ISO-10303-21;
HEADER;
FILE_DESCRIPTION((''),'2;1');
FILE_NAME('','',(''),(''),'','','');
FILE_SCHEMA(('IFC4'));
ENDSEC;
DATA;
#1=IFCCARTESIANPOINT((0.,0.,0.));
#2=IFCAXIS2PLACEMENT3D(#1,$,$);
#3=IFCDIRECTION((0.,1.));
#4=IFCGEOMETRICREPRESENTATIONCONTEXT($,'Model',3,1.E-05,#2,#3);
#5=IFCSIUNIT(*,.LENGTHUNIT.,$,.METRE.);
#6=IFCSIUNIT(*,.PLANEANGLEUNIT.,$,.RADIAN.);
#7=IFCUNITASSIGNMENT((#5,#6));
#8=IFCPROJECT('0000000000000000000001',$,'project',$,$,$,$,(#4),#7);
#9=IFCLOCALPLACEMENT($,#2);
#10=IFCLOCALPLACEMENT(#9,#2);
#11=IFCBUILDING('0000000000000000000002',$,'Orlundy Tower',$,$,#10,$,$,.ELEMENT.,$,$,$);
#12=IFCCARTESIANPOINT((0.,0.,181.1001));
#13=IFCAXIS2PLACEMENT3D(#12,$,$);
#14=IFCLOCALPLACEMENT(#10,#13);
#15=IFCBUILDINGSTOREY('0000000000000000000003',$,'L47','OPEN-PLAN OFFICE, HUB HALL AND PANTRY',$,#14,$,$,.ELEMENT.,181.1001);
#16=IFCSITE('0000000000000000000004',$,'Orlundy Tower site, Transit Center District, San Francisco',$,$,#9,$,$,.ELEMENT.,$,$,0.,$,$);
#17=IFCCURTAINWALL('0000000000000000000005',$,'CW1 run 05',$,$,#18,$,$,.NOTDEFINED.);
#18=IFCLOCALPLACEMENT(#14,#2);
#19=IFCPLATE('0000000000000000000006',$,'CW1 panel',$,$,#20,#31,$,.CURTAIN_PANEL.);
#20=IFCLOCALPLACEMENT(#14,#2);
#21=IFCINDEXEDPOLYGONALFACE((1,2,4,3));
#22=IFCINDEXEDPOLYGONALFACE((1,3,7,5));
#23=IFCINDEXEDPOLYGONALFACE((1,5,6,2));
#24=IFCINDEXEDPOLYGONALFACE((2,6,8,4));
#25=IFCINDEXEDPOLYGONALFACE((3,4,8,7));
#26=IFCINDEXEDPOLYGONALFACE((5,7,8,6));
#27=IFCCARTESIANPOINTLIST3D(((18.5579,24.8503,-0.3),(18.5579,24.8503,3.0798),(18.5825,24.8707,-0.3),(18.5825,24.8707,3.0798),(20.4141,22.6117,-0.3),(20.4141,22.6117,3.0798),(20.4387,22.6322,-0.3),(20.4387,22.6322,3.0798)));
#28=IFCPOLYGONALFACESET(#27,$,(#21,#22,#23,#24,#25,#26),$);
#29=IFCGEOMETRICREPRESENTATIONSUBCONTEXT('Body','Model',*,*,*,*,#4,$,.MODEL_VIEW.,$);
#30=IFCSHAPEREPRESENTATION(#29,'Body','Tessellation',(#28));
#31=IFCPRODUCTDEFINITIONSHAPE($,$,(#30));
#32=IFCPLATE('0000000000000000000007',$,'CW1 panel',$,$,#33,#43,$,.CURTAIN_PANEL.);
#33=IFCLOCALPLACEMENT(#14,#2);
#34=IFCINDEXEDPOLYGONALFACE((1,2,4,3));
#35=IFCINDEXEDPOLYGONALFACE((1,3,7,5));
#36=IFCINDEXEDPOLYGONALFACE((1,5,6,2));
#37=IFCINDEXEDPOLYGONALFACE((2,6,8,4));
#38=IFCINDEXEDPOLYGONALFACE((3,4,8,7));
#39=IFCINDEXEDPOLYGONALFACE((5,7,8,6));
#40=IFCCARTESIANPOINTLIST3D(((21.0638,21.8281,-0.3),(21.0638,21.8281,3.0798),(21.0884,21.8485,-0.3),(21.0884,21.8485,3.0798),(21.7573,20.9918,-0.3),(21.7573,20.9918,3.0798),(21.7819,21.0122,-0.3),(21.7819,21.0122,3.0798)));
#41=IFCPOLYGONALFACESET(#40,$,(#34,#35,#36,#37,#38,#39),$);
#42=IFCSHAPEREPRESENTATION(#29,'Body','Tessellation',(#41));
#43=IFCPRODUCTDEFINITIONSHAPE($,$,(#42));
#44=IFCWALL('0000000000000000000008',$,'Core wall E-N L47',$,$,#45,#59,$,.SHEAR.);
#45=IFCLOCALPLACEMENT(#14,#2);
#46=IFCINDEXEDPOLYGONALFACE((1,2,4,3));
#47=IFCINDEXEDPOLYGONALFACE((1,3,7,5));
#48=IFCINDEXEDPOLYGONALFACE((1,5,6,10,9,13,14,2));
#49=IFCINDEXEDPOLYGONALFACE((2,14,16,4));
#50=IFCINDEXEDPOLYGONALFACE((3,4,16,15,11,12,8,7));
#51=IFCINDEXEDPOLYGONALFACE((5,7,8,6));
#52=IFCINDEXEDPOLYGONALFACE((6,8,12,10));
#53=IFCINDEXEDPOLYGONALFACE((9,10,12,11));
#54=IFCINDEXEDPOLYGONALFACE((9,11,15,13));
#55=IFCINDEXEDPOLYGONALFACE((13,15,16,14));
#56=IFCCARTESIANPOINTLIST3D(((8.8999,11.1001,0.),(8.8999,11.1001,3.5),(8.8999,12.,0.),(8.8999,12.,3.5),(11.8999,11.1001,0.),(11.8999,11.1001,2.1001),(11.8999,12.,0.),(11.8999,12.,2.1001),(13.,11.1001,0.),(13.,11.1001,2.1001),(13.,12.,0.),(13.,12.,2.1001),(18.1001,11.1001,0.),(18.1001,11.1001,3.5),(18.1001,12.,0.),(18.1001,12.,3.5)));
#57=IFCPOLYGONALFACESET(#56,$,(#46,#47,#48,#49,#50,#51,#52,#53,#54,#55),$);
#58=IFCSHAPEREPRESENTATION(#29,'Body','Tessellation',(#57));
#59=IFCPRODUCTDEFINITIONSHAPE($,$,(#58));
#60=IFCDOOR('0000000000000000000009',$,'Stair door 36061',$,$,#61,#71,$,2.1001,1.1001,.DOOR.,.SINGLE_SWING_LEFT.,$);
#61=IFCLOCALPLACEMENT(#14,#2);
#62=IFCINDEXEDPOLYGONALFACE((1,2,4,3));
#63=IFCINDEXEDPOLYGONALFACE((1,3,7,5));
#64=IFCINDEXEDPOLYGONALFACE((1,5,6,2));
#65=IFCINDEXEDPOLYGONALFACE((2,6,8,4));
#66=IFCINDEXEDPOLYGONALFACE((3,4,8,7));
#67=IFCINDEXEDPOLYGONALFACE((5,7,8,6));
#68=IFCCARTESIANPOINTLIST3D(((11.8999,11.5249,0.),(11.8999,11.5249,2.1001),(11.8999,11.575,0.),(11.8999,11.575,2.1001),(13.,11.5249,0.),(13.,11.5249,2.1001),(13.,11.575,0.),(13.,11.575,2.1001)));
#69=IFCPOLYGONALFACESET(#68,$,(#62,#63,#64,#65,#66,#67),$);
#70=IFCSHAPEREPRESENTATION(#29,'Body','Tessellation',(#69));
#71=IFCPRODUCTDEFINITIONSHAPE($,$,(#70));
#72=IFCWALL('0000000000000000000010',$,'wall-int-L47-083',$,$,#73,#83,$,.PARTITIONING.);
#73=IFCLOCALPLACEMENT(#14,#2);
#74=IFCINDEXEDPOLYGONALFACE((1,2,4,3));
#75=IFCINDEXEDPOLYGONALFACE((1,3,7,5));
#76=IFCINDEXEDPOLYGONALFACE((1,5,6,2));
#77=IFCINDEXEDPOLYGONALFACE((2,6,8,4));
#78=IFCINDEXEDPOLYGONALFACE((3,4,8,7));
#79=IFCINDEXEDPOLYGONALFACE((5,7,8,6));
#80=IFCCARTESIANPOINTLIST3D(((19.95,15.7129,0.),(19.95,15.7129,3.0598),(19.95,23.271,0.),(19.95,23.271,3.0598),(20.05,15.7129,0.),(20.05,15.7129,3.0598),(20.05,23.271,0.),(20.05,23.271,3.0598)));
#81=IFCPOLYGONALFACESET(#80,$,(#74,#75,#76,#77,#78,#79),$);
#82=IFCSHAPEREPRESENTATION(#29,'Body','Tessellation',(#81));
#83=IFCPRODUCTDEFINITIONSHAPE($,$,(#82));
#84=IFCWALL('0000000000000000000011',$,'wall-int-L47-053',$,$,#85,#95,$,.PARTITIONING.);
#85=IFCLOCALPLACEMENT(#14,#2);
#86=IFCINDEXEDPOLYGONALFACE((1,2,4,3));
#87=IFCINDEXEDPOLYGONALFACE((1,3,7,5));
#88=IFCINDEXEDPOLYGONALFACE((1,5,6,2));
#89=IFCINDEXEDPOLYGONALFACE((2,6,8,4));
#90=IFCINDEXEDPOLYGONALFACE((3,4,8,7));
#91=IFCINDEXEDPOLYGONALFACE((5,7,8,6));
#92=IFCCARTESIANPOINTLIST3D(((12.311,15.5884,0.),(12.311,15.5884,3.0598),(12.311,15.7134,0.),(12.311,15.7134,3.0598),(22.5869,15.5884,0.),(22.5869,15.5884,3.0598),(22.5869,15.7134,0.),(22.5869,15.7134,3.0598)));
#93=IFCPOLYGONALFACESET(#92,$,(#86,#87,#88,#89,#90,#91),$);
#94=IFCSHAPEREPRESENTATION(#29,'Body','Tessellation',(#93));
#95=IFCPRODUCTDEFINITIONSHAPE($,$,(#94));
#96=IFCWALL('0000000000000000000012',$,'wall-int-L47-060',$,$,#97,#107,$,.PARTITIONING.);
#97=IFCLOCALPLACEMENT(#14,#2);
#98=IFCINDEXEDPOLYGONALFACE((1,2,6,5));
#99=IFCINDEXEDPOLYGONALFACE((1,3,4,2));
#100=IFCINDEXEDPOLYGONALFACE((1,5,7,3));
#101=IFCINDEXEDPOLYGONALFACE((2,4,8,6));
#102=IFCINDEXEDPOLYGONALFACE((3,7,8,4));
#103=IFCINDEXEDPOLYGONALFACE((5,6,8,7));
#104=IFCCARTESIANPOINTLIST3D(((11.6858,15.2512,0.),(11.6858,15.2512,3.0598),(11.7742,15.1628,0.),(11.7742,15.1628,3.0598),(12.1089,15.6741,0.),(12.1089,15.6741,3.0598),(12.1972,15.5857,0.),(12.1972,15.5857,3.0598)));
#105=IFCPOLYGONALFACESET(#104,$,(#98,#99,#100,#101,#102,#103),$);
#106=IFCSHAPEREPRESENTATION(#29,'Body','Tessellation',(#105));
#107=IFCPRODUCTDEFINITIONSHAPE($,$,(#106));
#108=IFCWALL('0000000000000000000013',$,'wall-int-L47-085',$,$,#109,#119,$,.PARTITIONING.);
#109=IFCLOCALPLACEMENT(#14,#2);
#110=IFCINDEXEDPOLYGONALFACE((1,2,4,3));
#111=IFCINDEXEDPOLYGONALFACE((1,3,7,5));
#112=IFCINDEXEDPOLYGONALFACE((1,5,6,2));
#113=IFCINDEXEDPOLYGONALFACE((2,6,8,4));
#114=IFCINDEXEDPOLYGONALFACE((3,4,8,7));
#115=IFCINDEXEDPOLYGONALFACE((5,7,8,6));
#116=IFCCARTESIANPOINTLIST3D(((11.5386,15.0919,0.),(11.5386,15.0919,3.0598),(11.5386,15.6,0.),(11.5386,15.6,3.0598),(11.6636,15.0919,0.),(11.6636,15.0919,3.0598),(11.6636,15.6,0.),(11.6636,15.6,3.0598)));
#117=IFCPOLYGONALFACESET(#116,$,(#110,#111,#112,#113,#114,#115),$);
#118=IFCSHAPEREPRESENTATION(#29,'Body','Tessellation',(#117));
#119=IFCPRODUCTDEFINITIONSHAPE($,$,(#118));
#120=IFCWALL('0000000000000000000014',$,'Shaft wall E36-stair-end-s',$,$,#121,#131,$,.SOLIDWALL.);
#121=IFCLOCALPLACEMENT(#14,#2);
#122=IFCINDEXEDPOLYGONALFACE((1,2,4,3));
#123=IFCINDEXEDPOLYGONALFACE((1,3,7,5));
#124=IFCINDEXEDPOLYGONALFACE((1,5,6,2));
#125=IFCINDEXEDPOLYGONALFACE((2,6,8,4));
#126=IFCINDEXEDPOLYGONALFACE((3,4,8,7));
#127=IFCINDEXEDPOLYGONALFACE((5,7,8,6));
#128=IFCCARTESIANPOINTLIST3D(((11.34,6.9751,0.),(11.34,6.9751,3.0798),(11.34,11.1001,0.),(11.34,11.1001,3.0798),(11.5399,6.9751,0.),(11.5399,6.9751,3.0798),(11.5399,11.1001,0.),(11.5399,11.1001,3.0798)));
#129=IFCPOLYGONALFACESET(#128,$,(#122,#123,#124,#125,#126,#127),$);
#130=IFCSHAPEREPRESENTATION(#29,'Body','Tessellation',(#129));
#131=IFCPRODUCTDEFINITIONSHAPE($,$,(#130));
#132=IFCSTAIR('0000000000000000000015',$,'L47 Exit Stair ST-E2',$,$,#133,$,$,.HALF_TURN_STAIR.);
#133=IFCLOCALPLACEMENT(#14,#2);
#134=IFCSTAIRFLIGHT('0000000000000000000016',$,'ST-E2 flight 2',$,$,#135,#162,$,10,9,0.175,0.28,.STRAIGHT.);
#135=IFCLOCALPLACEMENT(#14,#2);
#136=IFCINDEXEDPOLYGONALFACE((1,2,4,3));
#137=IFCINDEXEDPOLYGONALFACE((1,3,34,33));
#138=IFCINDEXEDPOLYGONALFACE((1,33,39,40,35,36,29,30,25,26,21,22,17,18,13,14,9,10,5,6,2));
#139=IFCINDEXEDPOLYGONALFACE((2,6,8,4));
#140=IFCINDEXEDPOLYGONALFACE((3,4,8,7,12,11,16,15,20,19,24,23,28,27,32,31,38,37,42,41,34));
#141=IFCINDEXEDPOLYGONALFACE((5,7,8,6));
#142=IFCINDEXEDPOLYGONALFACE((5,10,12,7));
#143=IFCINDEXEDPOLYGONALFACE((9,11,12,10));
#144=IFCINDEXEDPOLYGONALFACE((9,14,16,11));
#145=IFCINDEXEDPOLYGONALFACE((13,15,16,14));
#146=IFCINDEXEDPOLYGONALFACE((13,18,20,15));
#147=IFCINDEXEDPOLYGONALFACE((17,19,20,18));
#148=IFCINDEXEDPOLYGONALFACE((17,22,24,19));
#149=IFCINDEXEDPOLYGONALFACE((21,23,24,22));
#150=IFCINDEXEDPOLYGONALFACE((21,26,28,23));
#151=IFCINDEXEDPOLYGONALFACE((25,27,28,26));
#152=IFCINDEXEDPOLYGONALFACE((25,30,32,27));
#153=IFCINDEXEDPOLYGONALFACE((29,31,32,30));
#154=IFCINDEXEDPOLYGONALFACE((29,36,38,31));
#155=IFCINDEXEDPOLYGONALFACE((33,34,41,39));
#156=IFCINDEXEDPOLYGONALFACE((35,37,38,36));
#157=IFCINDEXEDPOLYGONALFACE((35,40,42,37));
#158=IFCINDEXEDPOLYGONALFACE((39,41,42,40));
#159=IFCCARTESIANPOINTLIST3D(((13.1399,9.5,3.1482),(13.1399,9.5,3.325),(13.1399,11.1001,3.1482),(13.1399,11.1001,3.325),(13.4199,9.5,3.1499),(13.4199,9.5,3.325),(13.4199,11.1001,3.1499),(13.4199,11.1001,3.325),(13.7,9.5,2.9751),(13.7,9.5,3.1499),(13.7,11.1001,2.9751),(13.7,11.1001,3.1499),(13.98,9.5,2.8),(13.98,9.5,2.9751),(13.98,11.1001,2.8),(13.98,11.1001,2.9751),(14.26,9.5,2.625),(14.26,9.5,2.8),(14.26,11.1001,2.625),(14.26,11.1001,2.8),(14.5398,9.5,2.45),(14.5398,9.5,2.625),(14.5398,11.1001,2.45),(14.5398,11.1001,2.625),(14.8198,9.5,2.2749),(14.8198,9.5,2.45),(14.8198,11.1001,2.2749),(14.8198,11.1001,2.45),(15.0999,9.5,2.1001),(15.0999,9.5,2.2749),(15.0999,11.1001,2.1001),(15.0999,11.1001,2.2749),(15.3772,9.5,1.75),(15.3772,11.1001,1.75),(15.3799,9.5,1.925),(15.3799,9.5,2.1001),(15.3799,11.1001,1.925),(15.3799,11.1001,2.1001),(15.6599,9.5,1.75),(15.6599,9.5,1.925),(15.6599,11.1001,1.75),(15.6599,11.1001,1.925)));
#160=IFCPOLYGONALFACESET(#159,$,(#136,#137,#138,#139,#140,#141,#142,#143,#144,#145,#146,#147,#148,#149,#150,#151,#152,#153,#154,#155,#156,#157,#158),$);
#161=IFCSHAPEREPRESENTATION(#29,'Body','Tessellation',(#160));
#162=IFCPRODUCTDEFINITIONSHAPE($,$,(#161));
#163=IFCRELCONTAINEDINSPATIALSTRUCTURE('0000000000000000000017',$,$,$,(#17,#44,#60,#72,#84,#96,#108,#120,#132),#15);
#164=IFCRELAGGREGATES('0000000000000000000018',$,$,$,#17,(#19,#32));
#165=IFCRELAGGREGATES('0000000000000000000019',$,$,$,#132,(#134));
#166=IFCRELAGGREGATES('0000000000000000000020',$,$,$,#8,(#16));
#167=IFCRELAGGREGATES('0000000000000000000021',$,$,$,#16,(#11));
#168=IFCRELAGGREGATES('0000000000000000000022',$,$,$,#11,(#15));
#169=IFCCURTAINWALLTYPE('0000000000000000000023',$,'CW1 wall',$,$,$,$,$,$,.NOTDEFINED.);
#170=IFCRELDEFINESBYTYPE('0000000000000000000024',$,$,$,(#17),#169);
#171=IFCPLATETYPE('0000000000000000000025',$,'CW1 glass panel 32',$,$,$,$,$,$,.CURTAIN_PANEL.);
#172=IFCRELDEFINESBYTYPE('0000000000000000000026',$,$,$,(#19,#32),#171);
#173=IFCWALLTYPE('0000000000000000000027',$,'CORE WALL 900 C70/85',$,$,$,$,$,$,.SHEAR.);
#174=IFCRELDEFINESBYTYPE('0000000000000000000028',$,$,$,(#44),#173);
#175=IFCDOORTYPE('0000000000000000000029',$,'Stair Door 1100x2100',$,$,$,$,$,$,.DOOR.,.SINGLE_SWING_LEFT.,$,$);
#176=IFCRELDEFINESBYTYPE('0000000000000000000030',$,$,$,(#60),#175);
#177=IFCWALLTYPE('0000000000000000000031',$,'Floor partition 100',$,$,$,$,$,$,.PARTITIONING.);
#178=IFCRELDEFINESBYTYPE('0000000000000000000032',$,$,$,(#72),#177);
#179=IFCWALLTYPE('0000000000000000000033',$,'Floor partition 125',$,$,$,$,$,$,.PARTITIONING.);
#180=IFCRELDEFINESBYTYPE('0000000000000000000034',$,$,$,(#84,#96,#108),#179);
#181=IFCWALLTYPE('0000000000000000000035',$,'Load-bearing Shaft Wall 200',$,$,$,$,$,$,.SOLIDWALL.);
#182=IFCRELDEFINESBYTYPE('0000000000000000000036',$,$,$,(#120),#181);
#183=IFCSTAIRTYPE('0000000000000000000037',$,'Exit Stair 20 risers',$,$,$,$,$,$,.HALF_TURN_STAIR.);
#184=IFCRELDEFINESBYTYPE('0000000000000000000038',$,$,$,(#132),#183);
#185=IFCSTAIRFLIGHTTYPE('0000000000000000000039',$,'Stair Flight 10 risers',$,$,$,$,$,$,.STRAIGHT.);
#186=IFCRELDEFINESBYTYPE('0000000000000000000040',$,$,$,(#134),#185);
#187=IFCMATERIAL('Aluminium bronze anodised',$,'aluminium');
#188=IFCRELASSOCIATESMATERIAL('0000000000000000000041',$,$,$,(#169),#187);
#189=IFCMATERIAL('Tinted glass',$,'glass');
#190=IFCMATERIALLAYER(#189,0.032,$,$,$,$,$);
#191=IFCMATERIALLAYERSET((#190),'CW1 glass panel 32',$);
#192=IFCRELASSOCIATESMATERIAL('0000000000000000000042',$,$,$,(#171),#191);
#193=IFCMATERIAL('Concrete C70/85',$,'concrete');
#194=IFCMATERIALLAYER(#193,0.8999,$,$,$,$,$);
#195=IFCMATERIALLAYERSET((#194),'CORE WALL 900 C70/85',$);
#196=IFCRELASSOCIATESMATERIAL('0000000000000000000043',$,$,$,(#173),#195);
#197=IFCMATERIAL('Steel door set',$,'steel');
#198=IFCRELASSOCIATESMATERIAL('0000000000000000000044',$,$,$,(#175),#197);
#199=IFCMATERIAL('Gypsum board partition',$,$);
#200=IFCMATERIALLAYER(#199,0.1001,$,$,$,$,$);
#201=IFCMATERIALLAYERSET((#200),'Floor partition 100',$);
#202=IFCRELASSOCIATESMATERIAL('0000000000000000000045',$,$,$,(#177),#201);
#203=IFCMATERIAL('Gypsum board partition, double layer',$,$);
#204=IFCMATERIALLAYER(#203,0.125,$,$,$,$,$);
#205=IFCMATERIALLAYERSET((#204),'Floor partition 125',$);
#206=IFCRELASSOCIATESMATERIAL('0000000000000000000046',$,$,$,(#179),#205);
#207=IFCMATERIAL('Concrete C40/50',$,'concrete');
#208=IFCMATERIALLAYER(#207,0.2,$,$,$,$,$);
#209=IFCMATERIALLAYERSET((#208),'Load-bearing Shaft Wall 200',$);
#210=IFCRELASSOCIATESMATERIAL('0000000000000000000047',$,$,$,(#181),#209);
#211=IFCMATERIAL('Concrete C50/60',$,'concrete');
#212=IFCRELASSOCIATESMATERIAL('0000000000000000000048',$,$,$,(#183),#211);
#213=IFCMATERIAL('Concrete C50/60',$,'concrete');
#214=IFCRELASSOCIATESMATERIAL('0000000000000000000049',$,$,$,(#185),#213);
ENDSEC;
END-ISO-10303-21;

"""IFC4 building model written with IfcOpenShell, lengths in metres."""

from ifc_helpers import new_model, si_unit, direction, frame, frame_2d, origin, origin_2d, place, context, subcontext, project, spatial, polyline, rectangle, outline, extrude, material, layer, layer_set, type_object, element, fill, aggregate, save


model = new_model("IFC4")

# Units and contexts
model_context = context("Model", 3, precision=1e-05, world=origin(), true_north=direction((0.0, 1.0)))
body_context = subcontext(model_context, "Body", "Model", "MODEL_VIEW")
ifc_project = project(units=[si_unit("LENGTHUNIT", "METRE"), si_unit("PLANEANGLEUNIT", "RADIAN")], contexts=[model_context])

# Site, building, storey
site_placement = place(None, origin())
site = spatial("IfcSite", under=ifc_project, at=site_placement, Name="Orlundy Tower site, Transit Center District, San Francisco", CompositionType="ELEMENT", RefElevation=0.0)
building_placement = place(site_placement, origin())
building = spatial("IfcBuilding", under=site, at=building_placement, Name="Orlundy Tower", CompositionType="ELEMENT")
storey_placement = place(building_placement, frame((0.0, 0.0, 181.1001)))
storey = spatial("IfcBuildingStorey", under=building, at=storey_placement, Name="L47", Description="OPEN-PLAN OFFICE, HUB HALL AND PANTRY", CompositionType="ELEMENT", Elevation=181.1001)

# Curtain wall
ifc_material_1 = material(Name="Aluminium bronze anodised", Category="aluminium")
curtain_wall_type = type_object("IfcCurtainWallType", Name="CW1 wall", PredefinedType="NOTDEFINED", material=ifc_material_1)
curtain_wall_1_placement = place(storey_placement, origin())
curtain_wall_1 = element("IfcCurtainWall", 1, at=curtain_wall_1_placement, inside=storey, type_object=curtain_wall_type, Name="CW1 run 05", PredefinedType="NOTDEFINED")

# Plates
ifc_material_2 = material(Name="Tinted glass", Category="glass")
ifc_layer_1 = layer(ifc_material_2, 0.032)
ifc_layer_set_1 = layer_set([ifc_layer_1], Name="CW1 glass panel 32")
plate_type = type_object("IfcPlateType", Name="CW1 glass panel 32", PredefinedType="CURTAIN_PANEL", material=ifc_layer_set_1)
plate_1_placement = place(storey_placement, frame((19.4983, 23.7412, -0.3), z_axis=(0.0, 0.0, 1.0), x_axis=(0.638299, -0.769788, 0.0)))
plate_1 = element("IfcPlate", 2, at=plate_1_placement, type_object=plate_type, Name="CW1 panel", PredefinedType="CURTAIN_PANEL", context=body_context, shape_type="SweptSolid", body=[
    extrude(rectangle(XDim=2.908, YDim=0.032, at=origin_2d()), origin(), (0.0, 0.0, 1.0), 3.3799),
])
plate_2_placement = place(storey_placement, frame((21.4229, 21.4202, -0.3), z_axis=(0.0, 0.0, 1.0), x_axis=(0.638299, -0.769788, 0.0)))
plate_2 = element("IfcPlate", 3, at=plate_2_placement, type_object=plate_type, Name="CW1 panel", PredefinedType="CURTAIN_PANEL", context=body_context, shape_type="SweptSolid", body=[
    extrude(rectangle(XDim=1.0864, YDim=0.032, at=origin_2d()), origin(), (0.0, 0.0, 1.0), 3.3799),
])
aggregate(curtain_wall_1, [plate_1, plate_2])

# Wall, opening, door
ifc_material_3 = material(Name="Concrete C70/85", Category="concrete")
ifc_layer_2 = layer(ifc_material_3, 0.8999)
ifc_layer_set_2 = layer_set([ifc_layer_2], Name="CORE WALL 900 C70/85")
wall_type_1 = type_object("IfcWallType", Name="CORE WALL 900 C70/85", PredefinedType="SHEAR", material=ifc_layer_set_2)
wall_1_placement = place(storey_placement, frame((8.8999, 11.55, 0.0), z_axis=(0.0, 0.0, 1.0), x_axis=(1.0, 0.0, 0.0)))
wall_1 = element("IfcWall", 4, at=wall_1_placement, inside=storey, type_object=wall_type_1, Name="Core wall E-N L47", PredefinedType="SHEAR", context=body_context, shape_type="SweptSolid", body=[
    extrude(rectangle(XDim=9.2002, YDim=0.8999, at=frame_2d((4.6001, 0.0))), origin(), (0.0, 0.0, 1.0), 3.5),
])
opening_placement = place(wall_1_placement, frame((3.0, 0.0, 0.0)))
opening = element("IfcOpeningElement", 5, at=opening_placement, cuts=wall_1, PredefinedType="OPENING", context=body_context, shape_type="SweptSolid", body=[
    extrude(rectangle(XDim=1.1001, YDim=2.1001, at=frame_2d((0.55, 1.05))), frame((0.0, 0.46, 0.0), z_axis=(0.0, -1.0, 0.0), x_axis=(1.0, 0.0, 0.0)), (0.0, 0.0, 1.0), 0.9199),
])
ifc_material_4 = material(Name="Steel door set", Category="steel")
door_type = type_object("IfcDoorType", Name="Stair Door 1100x2100", OperationType="SINGLE_SWING_LEFT", PredefinedType="DOOR", material=ifc_material_4)
door_placement = place(opening_placement, origin())
door = element("IfcDoor", 6, at=door_placement, inside=storey, type_object=door_type, Name="Stair door 36061", OperationType="SINGLE_SWING_LEFT", OverallHeight=2.1001, OverallWidth=1.1001, PredefinedType="DOOR", context=body_context, shape_type="SweptSolid", body=[
    extrude(rectangle(XDim=1.1001, YDim=2.1001, at=frame_2d((0.55, 1.05))), frame((0.0, 0.0249, 0.0), z_axis=(0.0, -1.0, 0.0), x_axis=(1.0, 0.0, 0.0)), (0.0, 0.0, 1.0), 0.05),
])
fill(opening, door)

# Walls
ifc_material_5 = material(Name="Gypsum board partition")
ifc_layer_3 = layer(ifc_material_5, 0.1001)
ifc_layer_set_3 = layer_set([ifc_layer_3], Name="Floor partition 100")
wall_type_2 = type_object("IfcWallType", Name="Floor partition 100", PredefinedType="PARTITIONING", material=ifc_layer_set_3)
wall_2_placement = place(storey_placement, frame((20.0, 15.7129, 0.0), z_axis=(0.0, 0.0, 1.0), x_axis=(0.0, 1.0, 0.0)))
element("IfcWall", 7, at=wall_2_placement, inside=storey, type_object=wall_type_2, Name="wall-int-L47-083", PredefinedType="PARTITIONING", context=body_context, shape_type="SweptSolid", body=[
    extrude(rectangle(XDim=7.5581, YDim=0.1001, at=frame_2d((3.7791, 0.0))), origin(), (0.0, 0.0, 1.0), 3.0598),
])
ifc_material_6 = material(Name="Gypsum board partition, double layer")
ifc_layer_4 = layer(ifc_material_6, 0.125)
ifc_layer_set_4 = layer_set([ifc_layer_4], Name="Floor partition 125")
wall_type_3 = type_object("IfcWallType", Name="Floor partition 125", PredefinedType="PARTITIONING", material=ifc_layer_set_4)
wall_3_placement = place(storey_placement, frame((12.311, 15.6509, 0.0), z_axis=(0.0, 0.0, 1.0), x_axis=(1.0, 0.0, 0.0)))
element("IfcWall", 8, at=wall_3_placement, inside=storey, type_object=wall_type_3, Name="wall-int-L47-053", PredefinedType="PARTITIONING", context=body_context, shape_type="SweptSolid", body=[
    extrude(rectangle(XDim=10.2759, YDim=0.125, at=frame_2d((5.1379, 0.0))), origin(), (0.0, 0.0, 1.0), 3.0598),
])
wall_4_placement = place(storey_placement, frame((11.73, 15.207, 0.0), z_axis=(0.0, 0.0, 1.0), x_axis=(0.707311, 0.706903, 0.0)))
element("IfcWall", 9, at=wall_4_placement, inside=storey, type_object=wall_type_3, Name="wall-int-L47-060", PredefinedType="PARTITIONING", context=body_context, shape_type="SweptSolid", body=[
    extrude(rectangle(XDim=0.5981, YDim=0.125, at=frame_2d((0.2991, 0.0))), origin(), (0.0, 0.0, 1.0), 3.0598),
])
wall_5_placement = place(storey_placement, frame((11.6011, 15.092, 0.0), z_axis=(0.0, 0.0, 1.0), x_axis=(0.0, 1.0, 0.0)))
element("IfcWall", 10, at=wall_5_placement, inside=storey, type_object=wall_type_3, Name="wall-int-L47-085", PredefinedType="PARTITIONING", context=body_context, shape_type="SweptSolid", body=[
    extrude(rectangle(XDim=0.5081, YDim=0.125, at=frame_2d((0.2539, 0.0))), origin(), (0.0, 0.0, 1.0), 3.0598),
])
ifc_material_7 = material(Name="Concrete C40/50", Category="concrete")
ifc_layer_5 = layer(ifc_material_7, 0.2)
ifc_layer_set_5 = layer_set([ifc_layer_5], Name="Load-bearing Shaft Wall 200")
wall_type_4 = type_object("IfcWallType", Name="Load-bearing Shaft Wall 200", PredefinedType="SOLIDWALL", material=ifc_layer_set_5)
wall_6_placement = place(storey_placement, frame((11.4399, 11.1001, 0.0), z_axis=(0.0, 0.0, 1.0), x_axis=(0.0, -1.0, 0.0)))
element("IfcWall", 11, at=wall_6_placement, inside=storey, type_object=wall_type_4, Name="Shaft wall E36-stair-end-s", PredefinedType="SOLIDWALL", context=body_context, shape_type="SweptSolid", body=[
    extrude(rectangle(XDim=4.125, YDim=0.2, at=frame_2d((2.0625, 0.0))), origin(), (0.0, 0.0, 1.0), 3.0798),
])

# Stair, stair flight
ifc_material_8 = material(Name="Concrete C50/60", Category="concrete")
stair_type = type_object("IfcStairType", Name="Exit Stair 20 risers", PredefinedType="HALF_TURN_STAIR", material=ifc_material_8)
stair_placement = place(storey_placement, origin())
stair = element("IfcStair", 12, at=stair_placement, inside=storey, type_object=stair_type, Name="L47 Exit Stair ST-E2", PredefinedType="HALF_TURN_STAIR")
ifc_material_9 = material(Name="Concrete C50/60", Category="concrete")
stair_flight_type = type_object("IfcStairFlightType", Name="Stair Flight 10 risers", PredefinedType="STRAIGHT", material=ifc_material_9)
stair_flight_placement = place(storey_placement, frame((15.6599, 10.3, 1.75), z_axis=(0.0, 0.0, 1.0), x_axis=(-1.0, 0.0, 0.0)))
stair_flight = element("IfcStairFlight", 13, at=stair_flight_placement, type_object=stair_flight_type, Name="ST-E2 flight 2", NumberOfRisers=10, NumberOfTreads=9, PredefinedType="STRAIGHT", RiserHeight=0.175, TreadLength=0.28, context=body_context, shape_type="SweptSolid", body=[
    extrude(outline(polyline([(0.0, 0.0), (0.0, 0.175), (0.28, 0.175), (0.28, 0.3501), (0.5601, 0.3501), (0.5601, 0.5249), (0.8401, 0.5249), (0.8401, 0.7), (1.1201, 0.7), (1.1201, 0.875), (1.3999, 0.875), (1.3999, 1.05), (1.6799, 1.05), (1.6799, 1.2251), (1.96, 1.2251), (1.96, 1.3999), (2.24, 1.3999), (2.24, 1.575), (2.52, 1.575), (2.52, 1.75), (2.52, 1.3982), (0.2827, 0.0), (0.0, 0.0)])), frame((0.0, 0.8, 0.0), z_axis=(0.0, -1.0, 0.0), x_axis=(1.0, 0.0, 0.0)), (0.0, 0.0, 1.0), 1.6001),
])
aggregate(stair, [stair_flight])

save(model, "model.ifc")
